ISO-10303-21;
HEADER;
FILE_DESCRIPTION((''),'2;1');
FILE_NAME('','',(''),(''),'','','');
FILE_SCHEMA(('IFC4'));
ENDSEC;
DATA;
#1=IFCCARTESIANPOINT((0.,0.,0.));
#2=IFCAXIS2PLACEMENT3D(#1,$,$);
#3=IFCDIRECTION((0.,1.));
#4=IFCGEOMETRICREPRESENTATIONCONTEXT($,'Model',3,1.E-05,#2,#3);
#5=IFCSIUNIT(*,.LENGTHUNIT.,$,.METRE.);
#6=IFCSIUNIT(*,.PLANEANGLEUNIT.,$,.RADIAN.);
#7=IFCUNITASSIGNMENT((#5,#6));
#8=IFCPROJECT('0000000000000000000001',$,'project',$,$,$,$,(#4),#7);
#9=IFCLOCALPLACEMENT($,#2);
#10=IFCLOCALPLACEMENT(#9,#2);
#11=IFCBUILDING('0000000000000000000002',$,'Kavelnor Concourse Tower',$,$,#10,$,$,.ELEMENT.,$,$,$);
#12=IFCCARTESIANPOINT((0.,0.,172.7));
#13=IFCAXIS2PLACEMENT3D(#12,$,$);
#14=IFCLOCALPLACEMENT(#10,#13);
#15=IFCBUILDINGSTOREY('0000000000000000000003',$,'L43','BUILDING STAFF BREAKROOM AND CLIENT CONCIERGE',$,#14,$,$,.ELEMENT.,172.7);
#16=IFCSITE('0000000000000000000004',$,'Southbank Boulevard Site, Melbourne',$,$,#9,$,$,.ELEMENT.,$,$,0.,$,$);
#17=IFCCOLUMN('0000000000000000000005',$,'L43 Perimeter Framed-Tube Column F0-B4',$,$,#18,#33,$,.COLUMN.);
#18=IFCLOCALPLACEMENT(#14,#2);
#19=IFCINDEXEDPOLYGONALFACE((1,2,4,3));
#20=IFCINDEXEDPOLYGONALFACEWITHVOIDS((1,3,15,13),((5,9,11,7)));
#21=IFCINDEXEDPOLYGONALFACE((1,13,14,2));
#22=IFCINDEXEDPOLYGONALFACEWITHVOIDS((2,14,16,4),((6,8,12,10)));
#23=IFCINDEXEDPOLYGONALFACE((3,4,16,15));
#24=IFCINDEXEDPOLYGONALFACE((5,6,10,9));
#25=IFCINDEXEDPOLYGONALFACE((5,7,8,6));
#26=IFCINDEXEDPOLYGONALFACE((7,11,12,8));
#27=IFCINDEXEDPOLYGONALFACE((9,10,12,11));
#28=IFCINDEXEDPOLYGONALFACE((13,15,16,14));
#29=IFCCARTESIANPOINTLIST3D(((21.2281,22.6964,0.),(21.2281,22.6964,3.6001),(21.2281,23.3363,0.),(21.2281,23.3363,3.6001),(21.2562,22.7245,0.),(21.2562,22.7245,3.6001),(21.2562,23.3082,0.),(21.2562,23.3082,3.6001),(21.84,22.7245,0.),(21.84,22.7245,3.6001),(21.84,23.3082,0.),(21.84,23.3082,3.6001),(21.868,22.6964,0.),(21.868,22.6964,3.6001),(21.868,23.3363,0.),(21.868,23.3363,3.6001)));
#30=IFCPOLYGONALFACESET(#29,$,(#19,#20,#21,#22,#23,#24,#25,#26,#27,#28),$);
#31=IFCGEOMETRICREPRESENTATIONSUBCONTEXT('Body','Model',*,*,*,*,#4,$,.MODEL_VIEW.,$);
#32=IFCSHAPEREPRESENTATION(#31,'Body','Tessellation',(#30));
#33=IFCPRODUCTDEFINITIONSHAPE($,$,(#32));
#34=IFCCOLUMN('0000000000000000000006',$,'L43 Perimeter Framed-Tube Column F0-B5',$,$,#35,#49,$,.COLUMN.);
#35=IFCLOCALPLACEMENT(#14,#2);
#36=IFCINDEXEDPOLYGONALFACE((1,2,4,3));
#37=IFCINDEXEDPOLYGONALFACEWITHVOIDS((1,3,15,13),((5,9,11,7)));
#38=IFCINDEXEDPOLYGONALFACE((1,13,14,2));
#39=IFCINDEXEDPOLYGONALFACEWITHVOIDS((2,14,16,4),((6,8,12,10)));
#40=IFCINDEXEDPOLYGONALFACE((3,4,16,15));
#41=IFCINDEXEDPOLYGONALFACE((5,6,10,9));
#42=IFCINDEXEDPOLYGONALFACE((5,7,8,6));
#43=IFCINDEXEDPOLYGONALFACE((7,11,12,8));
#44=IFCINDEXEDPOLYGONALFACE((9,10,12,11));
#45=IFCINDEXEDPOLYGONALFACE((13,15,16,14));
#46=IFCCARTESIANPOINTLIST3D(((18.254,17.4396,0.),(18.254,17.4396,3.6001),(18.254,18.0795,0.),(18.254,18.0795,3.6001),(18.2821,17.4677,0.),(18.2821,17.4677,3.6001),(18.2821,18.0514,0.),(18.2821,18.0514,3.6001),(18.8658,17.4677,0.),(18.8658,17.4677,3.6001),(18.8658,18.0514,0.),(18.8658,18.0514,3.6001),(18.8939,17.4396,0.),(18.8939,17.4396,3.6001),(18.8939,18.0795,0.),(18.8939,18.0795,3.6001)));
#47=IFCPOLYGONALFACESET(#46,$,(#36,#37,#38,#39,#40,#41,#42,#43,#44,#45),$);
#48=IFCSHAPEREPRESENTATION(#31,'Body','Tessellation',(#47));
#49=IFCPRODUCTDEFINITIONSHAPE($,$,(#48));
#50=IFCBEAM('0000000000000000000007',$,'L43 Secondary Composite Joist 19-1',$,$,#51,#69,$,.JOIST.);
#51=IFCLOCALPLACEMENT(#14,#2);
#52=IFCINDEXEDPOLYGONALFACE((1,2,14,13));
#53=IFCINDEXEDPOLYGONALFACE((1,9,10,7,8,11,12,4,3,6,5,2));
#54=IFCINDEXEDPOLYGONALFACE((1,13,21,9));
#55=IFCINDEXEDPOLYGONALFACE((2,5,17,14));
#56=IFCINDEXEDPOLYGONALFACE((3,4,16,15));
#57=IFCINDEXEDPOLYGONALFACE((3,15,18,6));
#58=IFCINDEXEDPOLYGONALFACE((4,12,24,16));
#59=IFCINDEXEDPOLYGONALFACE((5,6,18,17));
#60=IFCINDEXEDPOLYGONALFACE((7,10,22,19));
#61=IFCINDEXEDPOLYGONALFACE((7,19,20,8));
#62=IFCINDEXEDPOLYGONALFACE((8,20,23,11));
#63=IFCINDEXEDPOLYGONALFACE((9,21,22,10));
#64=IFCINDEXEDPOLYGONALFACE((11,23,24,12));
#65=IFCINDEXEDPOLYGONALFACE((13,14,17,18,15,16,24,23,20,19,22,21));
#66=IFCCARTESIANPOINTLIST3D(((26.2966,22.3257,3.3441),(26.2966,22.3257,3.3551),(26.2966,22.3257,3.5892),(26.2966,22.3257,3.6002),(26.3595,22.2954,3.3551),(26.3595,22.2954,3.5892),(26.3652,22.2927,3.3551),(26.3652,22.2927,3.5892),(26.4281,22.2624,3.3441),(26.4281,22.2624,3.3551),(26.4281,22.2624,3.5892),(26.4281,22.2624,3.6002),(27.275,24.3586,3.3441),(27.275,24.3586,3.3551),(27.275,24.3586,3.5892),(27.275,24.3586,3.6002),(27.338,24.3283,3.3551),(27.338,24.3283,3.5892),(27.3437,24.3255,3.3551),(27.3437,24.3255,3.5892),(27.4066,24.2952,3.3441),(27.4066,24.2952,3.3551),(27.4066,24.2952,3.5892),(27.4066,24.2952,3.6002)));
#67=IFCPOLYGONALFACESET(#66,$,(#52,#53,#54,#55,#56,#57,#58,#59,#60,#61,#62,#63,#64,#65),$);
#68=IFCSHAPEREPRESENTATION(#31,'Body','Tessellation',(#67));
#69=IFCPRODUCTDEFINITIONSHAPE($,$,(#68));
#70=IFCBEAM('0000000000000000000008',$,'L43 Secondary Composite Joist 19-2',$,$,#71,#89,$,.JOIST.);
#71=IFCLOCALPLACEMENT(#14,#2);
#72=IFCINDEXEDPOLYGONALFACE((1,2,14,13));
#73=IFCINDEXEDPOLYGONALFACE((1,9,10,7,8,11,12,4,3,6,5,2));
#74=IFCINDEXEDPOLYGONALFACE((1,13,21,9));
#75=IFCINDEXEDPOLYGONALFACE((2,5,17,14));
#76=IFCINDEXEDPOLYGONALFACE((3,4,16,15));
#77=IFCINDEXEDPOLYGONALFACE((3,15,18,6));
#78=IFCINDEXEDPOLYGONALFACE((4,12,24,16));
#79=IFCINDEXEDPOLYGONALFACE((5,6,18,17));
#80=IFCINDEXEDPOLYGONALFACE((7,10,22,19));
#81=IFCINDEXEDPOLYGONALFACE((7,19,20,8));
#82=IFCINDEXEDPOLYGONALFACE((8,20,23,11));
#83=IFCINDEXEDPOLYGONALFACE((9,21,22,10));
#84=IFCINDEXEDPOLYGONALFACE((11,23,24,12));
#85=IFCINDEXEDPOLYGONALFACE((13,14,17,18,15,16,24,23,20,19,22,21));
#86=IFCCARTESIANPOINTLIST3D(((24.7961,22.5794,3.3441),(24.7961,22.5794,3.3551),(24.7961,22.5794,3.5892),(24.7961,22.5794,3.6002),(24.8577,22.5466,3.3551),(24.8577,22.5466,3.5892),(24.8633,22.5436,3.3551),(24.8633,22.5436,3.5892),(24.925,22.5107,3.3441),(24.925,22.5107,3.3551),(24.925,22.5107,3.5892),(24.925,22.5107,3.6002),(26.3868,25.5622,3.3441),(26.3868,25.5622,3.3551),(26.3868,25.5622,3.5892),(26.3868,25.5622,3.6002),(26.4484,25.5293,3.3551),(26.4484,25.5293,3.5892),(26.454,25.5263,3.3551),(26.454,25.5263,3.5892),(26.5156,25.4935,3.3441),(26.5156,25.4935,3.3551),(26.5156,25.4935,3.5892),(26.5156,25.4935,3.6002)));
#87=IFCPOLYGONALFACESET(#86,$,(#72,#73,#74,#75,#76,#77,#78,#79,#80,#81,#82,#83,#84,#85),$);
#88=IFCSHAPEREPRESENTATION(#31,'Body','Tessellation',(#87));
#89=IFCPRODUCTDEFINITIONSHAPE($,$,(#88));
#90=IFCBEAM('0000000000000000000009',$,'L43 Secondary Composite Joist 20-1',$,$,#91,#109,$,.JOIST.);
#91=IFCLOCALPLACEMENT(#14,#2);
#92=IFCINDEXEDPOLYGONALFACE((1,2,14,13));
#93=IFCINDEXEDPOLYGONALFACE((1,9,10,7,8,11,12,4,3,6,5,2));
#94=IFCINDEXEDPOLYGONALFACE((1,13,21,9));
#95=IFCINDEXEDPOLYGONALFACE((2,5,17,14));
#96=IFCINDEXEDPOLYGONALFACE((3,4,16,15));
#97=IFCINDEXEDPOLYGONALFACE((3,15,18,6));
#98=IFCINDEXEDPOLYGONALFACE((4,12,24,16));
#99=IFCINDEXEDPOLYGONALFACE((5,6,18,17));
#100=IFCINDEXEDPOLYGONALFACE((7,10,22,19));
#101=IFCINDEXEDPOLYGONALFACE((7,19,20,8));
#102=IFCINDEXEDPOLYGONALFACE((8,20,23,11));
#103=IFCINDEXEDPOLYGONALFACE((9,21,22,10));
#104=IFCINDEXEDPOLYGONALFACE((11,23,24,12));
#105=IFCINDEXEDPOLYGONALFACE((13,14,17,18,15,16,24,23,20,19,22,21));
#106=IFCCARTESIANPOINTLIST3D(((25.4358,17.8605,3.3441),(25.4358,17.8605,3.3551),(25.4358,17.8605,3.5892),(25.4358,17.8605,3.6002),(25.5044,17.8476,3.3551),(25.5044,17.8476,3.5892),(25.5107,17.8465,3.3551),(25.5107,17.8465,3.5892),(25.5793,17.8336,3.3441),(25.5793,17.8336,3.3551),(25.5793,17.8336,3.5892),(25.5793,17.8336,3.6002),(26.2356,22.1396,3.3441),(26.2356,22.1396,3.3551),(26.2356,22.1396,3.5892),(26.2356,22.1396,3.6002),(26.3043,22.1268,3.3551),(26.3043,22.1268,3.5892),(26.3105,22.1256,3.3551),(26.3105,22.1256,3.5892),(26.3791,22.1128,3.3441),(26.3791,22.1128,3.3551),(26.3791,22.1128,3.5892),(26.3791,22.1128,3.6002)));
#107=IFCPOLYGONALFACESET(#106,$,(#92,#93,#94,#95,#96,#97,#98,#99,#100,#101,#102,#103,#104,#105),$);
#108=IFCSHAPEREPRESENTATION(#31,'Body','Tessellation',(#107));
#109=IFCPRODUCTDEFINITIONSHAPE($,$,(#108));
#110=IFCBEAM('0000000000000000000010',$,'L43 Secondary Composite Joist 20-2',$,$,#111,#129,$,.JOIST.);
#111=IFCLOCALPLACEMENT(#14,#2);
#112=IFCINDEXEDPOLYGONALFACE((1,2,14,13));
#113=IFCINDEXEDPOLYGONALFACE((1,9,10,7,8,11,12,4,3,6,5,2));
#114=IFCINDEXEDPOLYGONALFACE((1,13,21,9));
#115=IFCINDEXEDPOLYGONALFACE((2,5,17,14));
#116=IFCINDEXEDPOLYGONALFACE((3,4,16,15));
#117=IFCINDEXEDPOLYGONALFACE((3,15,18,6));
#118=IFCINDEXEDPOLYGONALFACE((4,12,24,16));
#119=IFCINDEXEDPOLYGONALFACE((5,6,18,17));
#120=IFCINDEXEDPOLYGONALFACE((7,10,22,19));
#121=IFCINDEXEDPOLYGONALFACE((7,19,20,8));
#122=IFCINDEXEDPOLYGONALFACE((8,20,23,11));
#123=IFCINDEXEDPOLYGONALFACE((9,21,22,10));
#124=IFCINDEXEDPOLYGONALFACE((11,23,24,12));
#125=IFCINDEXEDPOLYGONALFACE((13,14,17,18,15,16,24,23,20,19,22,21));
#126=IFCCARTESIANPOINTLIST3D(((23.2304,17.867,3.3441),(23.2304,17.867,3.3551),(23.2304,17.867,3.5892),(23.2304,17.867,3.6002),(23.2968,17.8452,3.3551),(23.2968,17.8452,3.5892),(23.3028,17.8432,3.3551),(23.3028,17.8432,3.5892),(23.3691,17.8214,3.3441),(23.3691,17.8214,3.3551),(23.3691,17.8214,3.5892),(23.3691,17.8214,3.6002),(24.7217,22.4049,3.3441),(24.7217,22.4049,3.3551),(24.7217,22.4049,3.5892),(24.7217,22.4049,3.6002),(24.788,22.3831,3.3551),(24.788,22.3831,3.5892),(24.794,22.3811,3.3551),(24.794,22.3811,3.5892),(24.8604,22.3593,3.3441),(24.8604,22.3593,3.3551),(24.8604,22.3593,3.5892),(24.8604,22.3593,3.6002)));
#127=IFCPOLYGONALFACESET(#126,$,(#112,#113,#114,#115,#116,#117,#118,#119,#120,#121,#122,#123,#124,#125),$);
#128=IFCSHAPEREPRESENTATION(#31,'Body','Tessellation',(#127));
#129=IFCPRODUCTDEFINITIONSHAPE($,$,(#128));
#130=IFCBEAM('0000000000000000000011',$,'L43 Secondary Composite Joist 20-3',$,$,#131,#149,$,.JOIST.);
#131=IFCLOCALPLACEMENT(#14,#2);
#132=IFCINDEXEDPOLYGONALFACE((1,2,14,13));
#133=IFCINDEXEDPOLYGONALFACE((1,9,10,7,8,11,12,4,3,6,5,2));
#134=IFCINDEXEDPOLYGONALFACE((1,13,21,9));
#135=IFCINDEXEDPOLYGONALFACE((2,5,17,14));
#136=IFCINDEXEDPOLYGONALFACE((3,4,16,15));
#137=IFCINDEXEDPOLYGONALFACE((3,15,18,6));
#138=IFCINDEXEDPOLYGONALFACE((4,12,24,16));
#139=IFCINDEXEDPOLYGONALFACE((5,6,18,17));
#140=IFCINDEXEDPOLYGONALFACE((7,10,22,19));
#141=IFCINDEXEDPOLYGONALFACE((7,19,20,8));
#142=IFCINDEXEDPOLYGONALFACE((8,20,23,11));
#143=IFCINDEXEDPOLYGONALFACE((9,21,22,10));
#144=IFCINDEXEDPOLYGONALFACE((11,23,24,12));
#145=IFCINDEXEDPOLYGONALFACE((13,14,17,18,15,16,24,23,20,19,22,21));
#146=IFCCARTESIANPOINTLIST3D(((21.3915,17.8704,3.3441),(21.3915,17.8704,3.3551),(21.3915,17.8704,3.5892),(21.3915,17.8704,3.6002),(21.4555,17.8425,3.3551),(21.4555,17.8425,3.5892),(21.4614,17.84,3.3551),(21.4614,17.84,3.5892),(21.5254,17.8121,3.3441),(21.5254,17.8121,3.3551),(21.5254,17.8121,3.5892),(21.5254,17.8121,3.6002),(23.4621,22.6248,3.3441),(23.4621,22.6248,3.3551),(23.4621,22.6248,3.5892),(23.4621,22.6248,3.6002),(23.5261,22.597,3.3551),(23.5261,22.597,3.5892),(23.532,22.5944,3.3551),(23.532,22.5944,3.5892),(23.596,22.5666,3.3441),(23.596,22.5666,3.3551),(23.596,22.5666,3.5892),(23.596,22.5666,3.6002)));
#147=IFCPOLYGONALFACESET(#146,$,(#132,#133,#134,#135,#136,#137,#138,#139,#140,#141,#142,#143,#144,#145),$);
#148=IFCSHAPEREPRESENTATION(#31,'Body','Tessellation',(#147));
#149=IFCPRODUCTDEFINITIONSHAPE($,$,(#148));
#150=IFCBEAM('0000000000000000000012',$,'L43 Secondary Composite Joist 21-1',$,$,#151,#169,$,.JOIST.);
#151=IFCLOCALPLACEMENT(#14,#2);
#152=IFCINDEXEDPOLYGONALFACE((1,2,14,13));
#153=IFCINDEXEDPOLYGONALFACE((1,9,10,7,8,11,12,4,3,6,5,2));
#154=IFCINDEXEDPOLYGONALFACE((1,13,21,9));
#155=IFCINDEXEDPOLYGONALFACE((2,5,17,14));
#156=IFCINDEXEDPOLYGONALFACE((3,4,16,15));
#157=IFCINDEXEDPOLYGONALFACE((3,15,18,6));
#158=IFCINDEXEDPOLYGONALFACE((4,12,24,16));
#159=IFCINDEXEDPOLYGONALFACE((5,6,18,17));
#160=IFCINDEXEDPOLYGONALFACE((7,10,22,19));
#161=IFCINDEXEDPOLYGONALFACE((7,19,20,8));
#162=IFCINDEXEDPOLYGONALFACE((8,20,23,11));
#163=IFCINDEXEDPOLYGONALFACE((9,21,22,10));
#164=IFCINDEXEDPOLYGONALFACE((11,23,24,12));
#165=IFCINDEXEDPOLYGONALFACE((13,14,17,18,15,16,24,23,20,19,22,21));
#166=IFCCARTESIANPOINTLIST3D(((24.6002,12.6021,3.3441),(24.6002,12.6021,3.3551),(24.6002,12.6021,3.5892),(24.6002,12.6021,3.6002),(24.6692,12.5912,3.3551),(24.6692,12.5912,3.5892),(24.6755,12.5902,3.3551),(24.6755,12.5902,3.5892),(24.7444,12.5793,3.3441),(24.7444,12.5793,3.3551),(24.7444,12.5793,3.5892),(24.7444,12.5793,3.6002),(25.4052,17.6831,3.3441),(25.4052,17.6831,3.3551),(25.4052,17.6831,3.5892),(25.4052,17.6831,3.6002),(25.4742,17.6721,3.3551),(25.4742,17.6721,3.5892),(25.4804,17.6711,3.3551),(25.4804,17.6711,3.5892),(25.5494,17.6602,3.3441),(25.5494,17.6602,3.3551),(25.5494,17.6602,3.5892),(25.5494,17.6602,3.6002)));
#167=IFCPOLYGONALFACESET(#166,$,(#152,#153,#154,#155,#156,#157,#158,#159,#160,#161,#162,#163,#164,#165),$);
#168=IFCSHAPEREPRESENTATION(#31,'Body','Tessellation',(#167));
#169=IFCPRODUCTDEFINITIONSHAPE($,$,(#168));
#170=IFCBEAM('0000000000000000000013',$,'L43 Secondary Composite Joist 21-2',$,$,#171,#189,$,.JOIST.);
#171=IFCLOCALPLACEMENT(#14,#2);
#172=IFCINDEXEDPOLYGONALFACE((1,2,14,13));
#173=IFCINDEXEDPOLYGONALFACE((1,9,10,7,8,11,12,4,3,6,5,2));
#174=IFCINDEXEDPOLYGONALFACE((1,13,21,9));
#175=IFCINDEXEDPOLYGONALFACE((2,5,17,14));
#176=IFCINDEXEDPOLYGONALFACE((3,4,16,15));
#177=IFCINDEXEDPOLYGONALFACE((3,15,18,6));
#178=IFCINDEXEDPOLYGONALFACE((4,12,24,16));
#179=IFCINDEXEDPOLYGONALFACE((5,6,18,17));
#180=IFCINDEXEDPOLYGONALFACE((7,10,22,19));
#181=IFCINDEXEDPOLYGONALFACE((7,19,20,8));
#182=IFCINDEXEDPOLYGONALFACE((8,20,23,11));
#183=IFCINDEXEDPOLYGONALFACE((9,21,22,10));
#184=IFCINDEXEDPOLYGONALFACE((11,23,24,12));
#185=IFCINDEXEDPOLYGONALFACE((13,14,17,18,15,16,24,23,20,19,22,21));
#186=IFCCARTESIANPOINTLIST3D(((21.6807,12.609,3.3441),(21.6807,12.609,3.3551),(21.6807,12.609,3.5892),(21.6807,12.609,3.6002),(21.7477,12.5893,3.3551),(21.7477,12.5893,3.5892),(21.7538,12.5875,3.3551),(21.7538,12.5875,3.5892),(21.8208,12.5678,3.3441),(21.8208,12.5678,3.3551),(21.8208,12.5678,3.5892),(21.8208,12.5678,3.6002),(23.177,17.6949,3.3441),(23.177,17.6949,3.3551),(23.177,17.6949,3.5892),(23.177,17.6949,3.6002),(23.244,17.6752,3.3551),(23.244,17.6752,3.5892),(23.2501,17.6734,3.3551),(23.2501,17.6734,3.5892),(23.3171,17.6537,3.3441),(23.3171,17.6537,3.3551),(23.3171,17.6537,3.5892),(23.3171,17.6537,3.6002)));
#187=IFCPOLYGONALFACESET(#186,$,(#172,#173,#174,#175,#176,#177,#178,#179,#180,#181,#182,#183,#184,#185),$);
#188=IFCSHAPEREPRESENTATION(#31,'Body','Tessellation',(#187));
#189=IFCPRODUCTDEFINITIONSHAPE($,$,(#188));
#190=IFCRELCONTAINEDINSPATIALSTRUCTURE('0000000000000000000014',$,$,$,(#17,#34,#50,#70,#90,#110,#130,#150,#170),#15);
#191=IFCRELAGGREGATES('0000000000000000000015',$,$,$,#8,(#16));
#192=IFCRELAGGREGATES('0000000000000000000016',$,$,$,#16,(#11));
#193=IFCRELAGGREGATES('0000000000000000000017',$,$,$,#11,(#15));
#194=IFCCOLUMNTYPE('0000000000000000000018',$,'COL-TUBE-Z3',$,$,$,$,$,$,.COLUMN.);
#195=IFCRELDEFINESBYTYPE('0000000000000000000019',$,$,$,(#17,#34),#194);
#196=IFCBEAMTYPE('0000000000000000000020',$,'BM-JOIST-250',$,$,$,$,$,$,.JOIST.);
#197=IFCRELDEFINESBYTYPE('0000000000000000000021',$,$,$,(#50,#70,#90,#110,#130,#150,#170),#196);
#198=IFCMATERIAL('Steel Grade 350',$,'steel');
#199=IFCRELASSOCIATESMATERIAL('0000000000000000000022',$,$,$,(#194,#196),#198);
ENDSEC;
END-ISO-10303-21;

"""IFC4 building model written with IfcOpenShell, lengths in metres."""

from ifc_helpers import new_model, si_unit, direction, frame, origin, origin_2d, place, context, subcontext, project, spatial, hollow_rectangle, i_section, extrude, material, material_profile, profile_set, type_object, element, save


model = new_model("IFC4")

# Units and contexts
model_context = context("Model", 3, precision=1e-05, world=origin(), true_north=direction((0.0, 1.0)))
body_context = subcontext(model_context, "Body", "Model", "MODEL_VIEW")
ifc_project = project(units=[si_unit("LENGTHUNIT", "METRE"), si_unit("PLANEANGLEUNIT", "RADIAN")], contexts=[model_context])

# Site, building, storey
site_placement = place(None, origin())
site = spatial("IfcSite", under=ifc_project, at=site_placement, Name="Southbank Boulevard Site, Melbourne", CompositionType="ELEMENT", RefElevation=0.0)
building_placement = place(site_placement, origin())
building = spatial("IfcBuilding", under=site, at=building_placement, Name="Kavelnor Concourse Tower", CompositionType="ELEMENT")
storey_placement = place(building_placement, frame((0.0, 0.0, 172.7)))
storey = spatial("IfcBuildingStorey", under=building, at=storey_placement, Name="L43", Description="BUILDING STAFF BREAKROOM AND CLIENT CONCIERGE", CompositionType="ELEMENT", Elevation=172.7)

# Columns
ifc_material_1 = material(Name="Steel Grade 350", Category="steel")
ifc_material_profile_1 = material_profile(ifc_material_1, hollow_rectangle(XDim=0.6399, YDim=0.6399, WallThickness=0.0281, at=origin_2d()), Name="SHS 640x640x28")
ifc_profile_set_1 = profile_set([ifc_material_profile_1], Name="Steel Grade 350")
column_type = type_object("IfcColumnType", Name="COL-TUBE-Z3", PredefinedType="COLUMN", material=ifc_profile_set_1)
for number, where, z_axis, x_axis, name in (
    (1, (21.5481, 23.0164, 0.0), (0.0, 0.0, 1.0), (1.0, 0.0, 0.0), "L43 Perimeter Framed-Tube Column F0-B4"),
    (2, (18.574, 17.7595, 0.0), (0.0, 0.0, 1.0), (1.0, 0.0, 0.0), "L43 Perimeter Framed-Tube Column F0-B5"),
):
    element("IfcColumn", number, at=place(storey_placement, frame(where, z_axis=z_axis, x_axis=x_axis)), inside=storey, type_object=column_type, Name=name, PredefinedType="COLUMN", context=body_context, shape_type="SweptSolid", body=[
        extrude(hollow_rectangle(XDim=0.6399, YDim=0.6399, WallThickness=0.0281, at=origin_2d()), origin(), (0.0, 0.0, 1.0), 3.6001),
    ])

# Beams
ifc_material_profile_2 = material_profile(ifc_material_1, i_section(OverallWidth=0.146, OverallDepth=0.2561, WebThickness=0.0063, FlangeThickness=0.011, at=origin_2d()), Name="250UB37")
ifc_profile_set_2 = profile_set([ifc_material_profile_2], Name="Steel Grade 350")
beam_type_1 = type_object("IfcBeamType", Name="BM-JOIST-250", PredefinedType="JOIST", material=ifc_profile_set_2)
beam_1_placement = place(storey_placement, frame((27.3408, 24.3269, 3.4722), z_axis=(-0.433702, -0.901056, 0.0), x_axis=(0.901056, -0.433702, 0.0)))
element("IfcBeam", 3, at=beam_1_placement, inside=storey, type_object=beam_type_1, Name="L43 Secondary Composite Joist 19-1", PredefinedType="JOIST", context=body_context, shape_type="SweptSolid", body=[
    extrude(i_section(OverallWidth=0.146, OverallDepth=0.2561, WebThickness=0.0063, FlangeThickness=0.011, at=origin_2d()), origin(), (0.0, 0.0, 1.0), 2.2561),
])
beam_2_placement = place(storey_placement, frame((26.4512, 25.5278, 3.4722), z_axis=(-0.470547, -0.882375, 0.0), x_axis=(0.882375, -0.470547, 0.0)))
element("IfcBeam", 4, at=beam_2_placement, inside=storey, type_object=beam_type_1, Name="L43 Secondary Composite Joist 19-2", PredefinedType="JOIST", context=body_context, shape_type="SweptSolid", body=[
    extrude(i_section(OverallWidth=0.146, OverallDepth=0.2561, WebThickness=0.0063, FlangeThickness=0.011, at=origin_2d()), origin(), (0.0, 0.0, 1.0), 3.3804),
])
beam_3_placement = place(storey_placement, frame((26.3074, 22.1262, 3.4722), z_axis=(-0.18373, -0.982977, 0.0), x_axis=(0.982977, -0.18373, 0.0)))
element("IfcBeam", 5, at=beam_3_placement, inside=storey, type_object=beam_type_1, Name="L43 Secondary Composite Joist 20-1", PredefinedType="JOIST", context=body_context, shape_type="SweptSolid", body=[
    extrude(i_section(OverallWidth=0.146, OverallDepth=0.2561, WebThickness=0.0063, FlangeThickness=0.011, at=origin_2d()), origin(), (0.0, 0.0, 1.0), 4.3533),
])
beam_4_placement = place(storey_placement, frame((24.791, 22.3821, 3.4722), z_axis=(-0.312192, -0.950019, 0.0), x_axis=(0.950019, -0.312192, 0.0)))
element("IfcBeam", 6, at=beam_4_placement, inside=storey, type_object=beam_type_1, Name="L43 Secondary Composite Joist 20-2", PredefinedType="JOIST", context=body_context, shape_type="SweptSolid", body=[
    extrude(i_section(OverallWidth=0.146, OverallDepth=0.2561, WebThickness=0.0063, FlangeThickness=0.011, at=origin_2d()), origin(), (0.0, 0.0, 1.0), 4.7766),
])
beam_5_placement = place(storey_placement, frame((23.5291, 22.5957, 3.4722), z_axis=(-0.399282, -0.916828, 0.0), x_axis=(0.916828, -0.399282, 0.0)))
element("IfcBeam", 7, at=beam_5_placement, inside=storey, type_object=beam_type_1, Name="L43 Secondary Composite Joist 20-3", PredefinedType="JOIST", context=body_context, shape_type="SweptSolid", body=[
    extrude(i_section(OverallWidth=0.146, OverallDepth=0.2561, WebThickness=0.0063, FlangeThickness=0.011, at=origin_2d()), origin(), (0.0, 0.0, 1.0), 5.1858),
])
beam_6_placement = place(storey_placement, frame((25.4773, 17.6716, 3.4722), z_axis=(-0.156474, -0.987682, 0.0), x_axis=(0.987682, -0.156474, 0.0)))
element("IfcBeam", 8, at=beam_6_placement, inside=storey, type_object=beam_type_1, Name="L43 Secondary Composite Joist 21-1", PredefinedType="JOIST", context=body_context, shape_type="SweptSolid", body=[
    extrude(i_section(OverallWidth=0.146, OverallDepth=0.2561, WebThickness=0.0063, FlangeThickness=0.011, at=origin_2d()), origin(), (0.0, 0.0, 1.0), 5.1443),
])
beam_7_placement = place(storey_placement, frame((23.2471, 17.6743, 3.4722), z_axis=(-0.282249, -0.959341, 0.0), x_axis=(0.959341, -0.282249, 0.0)))
element("IfcBeam", 9, at=beam_7_placement, inside=storey, type_object=beam_type_1, Name="L43 Secondary Composite Joist 21-2", PredefinedType="JOIST", context=body_context, shape_type="SweptSolid", body=[
    extrude(i_section(OverallWidth=0.146, OverallDepth=0.2561, WebThickness=0.0063, FlangeThickness=0.011, at=origin_2d()), origin(), (0.0, 0.0, 1.0), 5.3015),
])

save(model, "model.ifc")
